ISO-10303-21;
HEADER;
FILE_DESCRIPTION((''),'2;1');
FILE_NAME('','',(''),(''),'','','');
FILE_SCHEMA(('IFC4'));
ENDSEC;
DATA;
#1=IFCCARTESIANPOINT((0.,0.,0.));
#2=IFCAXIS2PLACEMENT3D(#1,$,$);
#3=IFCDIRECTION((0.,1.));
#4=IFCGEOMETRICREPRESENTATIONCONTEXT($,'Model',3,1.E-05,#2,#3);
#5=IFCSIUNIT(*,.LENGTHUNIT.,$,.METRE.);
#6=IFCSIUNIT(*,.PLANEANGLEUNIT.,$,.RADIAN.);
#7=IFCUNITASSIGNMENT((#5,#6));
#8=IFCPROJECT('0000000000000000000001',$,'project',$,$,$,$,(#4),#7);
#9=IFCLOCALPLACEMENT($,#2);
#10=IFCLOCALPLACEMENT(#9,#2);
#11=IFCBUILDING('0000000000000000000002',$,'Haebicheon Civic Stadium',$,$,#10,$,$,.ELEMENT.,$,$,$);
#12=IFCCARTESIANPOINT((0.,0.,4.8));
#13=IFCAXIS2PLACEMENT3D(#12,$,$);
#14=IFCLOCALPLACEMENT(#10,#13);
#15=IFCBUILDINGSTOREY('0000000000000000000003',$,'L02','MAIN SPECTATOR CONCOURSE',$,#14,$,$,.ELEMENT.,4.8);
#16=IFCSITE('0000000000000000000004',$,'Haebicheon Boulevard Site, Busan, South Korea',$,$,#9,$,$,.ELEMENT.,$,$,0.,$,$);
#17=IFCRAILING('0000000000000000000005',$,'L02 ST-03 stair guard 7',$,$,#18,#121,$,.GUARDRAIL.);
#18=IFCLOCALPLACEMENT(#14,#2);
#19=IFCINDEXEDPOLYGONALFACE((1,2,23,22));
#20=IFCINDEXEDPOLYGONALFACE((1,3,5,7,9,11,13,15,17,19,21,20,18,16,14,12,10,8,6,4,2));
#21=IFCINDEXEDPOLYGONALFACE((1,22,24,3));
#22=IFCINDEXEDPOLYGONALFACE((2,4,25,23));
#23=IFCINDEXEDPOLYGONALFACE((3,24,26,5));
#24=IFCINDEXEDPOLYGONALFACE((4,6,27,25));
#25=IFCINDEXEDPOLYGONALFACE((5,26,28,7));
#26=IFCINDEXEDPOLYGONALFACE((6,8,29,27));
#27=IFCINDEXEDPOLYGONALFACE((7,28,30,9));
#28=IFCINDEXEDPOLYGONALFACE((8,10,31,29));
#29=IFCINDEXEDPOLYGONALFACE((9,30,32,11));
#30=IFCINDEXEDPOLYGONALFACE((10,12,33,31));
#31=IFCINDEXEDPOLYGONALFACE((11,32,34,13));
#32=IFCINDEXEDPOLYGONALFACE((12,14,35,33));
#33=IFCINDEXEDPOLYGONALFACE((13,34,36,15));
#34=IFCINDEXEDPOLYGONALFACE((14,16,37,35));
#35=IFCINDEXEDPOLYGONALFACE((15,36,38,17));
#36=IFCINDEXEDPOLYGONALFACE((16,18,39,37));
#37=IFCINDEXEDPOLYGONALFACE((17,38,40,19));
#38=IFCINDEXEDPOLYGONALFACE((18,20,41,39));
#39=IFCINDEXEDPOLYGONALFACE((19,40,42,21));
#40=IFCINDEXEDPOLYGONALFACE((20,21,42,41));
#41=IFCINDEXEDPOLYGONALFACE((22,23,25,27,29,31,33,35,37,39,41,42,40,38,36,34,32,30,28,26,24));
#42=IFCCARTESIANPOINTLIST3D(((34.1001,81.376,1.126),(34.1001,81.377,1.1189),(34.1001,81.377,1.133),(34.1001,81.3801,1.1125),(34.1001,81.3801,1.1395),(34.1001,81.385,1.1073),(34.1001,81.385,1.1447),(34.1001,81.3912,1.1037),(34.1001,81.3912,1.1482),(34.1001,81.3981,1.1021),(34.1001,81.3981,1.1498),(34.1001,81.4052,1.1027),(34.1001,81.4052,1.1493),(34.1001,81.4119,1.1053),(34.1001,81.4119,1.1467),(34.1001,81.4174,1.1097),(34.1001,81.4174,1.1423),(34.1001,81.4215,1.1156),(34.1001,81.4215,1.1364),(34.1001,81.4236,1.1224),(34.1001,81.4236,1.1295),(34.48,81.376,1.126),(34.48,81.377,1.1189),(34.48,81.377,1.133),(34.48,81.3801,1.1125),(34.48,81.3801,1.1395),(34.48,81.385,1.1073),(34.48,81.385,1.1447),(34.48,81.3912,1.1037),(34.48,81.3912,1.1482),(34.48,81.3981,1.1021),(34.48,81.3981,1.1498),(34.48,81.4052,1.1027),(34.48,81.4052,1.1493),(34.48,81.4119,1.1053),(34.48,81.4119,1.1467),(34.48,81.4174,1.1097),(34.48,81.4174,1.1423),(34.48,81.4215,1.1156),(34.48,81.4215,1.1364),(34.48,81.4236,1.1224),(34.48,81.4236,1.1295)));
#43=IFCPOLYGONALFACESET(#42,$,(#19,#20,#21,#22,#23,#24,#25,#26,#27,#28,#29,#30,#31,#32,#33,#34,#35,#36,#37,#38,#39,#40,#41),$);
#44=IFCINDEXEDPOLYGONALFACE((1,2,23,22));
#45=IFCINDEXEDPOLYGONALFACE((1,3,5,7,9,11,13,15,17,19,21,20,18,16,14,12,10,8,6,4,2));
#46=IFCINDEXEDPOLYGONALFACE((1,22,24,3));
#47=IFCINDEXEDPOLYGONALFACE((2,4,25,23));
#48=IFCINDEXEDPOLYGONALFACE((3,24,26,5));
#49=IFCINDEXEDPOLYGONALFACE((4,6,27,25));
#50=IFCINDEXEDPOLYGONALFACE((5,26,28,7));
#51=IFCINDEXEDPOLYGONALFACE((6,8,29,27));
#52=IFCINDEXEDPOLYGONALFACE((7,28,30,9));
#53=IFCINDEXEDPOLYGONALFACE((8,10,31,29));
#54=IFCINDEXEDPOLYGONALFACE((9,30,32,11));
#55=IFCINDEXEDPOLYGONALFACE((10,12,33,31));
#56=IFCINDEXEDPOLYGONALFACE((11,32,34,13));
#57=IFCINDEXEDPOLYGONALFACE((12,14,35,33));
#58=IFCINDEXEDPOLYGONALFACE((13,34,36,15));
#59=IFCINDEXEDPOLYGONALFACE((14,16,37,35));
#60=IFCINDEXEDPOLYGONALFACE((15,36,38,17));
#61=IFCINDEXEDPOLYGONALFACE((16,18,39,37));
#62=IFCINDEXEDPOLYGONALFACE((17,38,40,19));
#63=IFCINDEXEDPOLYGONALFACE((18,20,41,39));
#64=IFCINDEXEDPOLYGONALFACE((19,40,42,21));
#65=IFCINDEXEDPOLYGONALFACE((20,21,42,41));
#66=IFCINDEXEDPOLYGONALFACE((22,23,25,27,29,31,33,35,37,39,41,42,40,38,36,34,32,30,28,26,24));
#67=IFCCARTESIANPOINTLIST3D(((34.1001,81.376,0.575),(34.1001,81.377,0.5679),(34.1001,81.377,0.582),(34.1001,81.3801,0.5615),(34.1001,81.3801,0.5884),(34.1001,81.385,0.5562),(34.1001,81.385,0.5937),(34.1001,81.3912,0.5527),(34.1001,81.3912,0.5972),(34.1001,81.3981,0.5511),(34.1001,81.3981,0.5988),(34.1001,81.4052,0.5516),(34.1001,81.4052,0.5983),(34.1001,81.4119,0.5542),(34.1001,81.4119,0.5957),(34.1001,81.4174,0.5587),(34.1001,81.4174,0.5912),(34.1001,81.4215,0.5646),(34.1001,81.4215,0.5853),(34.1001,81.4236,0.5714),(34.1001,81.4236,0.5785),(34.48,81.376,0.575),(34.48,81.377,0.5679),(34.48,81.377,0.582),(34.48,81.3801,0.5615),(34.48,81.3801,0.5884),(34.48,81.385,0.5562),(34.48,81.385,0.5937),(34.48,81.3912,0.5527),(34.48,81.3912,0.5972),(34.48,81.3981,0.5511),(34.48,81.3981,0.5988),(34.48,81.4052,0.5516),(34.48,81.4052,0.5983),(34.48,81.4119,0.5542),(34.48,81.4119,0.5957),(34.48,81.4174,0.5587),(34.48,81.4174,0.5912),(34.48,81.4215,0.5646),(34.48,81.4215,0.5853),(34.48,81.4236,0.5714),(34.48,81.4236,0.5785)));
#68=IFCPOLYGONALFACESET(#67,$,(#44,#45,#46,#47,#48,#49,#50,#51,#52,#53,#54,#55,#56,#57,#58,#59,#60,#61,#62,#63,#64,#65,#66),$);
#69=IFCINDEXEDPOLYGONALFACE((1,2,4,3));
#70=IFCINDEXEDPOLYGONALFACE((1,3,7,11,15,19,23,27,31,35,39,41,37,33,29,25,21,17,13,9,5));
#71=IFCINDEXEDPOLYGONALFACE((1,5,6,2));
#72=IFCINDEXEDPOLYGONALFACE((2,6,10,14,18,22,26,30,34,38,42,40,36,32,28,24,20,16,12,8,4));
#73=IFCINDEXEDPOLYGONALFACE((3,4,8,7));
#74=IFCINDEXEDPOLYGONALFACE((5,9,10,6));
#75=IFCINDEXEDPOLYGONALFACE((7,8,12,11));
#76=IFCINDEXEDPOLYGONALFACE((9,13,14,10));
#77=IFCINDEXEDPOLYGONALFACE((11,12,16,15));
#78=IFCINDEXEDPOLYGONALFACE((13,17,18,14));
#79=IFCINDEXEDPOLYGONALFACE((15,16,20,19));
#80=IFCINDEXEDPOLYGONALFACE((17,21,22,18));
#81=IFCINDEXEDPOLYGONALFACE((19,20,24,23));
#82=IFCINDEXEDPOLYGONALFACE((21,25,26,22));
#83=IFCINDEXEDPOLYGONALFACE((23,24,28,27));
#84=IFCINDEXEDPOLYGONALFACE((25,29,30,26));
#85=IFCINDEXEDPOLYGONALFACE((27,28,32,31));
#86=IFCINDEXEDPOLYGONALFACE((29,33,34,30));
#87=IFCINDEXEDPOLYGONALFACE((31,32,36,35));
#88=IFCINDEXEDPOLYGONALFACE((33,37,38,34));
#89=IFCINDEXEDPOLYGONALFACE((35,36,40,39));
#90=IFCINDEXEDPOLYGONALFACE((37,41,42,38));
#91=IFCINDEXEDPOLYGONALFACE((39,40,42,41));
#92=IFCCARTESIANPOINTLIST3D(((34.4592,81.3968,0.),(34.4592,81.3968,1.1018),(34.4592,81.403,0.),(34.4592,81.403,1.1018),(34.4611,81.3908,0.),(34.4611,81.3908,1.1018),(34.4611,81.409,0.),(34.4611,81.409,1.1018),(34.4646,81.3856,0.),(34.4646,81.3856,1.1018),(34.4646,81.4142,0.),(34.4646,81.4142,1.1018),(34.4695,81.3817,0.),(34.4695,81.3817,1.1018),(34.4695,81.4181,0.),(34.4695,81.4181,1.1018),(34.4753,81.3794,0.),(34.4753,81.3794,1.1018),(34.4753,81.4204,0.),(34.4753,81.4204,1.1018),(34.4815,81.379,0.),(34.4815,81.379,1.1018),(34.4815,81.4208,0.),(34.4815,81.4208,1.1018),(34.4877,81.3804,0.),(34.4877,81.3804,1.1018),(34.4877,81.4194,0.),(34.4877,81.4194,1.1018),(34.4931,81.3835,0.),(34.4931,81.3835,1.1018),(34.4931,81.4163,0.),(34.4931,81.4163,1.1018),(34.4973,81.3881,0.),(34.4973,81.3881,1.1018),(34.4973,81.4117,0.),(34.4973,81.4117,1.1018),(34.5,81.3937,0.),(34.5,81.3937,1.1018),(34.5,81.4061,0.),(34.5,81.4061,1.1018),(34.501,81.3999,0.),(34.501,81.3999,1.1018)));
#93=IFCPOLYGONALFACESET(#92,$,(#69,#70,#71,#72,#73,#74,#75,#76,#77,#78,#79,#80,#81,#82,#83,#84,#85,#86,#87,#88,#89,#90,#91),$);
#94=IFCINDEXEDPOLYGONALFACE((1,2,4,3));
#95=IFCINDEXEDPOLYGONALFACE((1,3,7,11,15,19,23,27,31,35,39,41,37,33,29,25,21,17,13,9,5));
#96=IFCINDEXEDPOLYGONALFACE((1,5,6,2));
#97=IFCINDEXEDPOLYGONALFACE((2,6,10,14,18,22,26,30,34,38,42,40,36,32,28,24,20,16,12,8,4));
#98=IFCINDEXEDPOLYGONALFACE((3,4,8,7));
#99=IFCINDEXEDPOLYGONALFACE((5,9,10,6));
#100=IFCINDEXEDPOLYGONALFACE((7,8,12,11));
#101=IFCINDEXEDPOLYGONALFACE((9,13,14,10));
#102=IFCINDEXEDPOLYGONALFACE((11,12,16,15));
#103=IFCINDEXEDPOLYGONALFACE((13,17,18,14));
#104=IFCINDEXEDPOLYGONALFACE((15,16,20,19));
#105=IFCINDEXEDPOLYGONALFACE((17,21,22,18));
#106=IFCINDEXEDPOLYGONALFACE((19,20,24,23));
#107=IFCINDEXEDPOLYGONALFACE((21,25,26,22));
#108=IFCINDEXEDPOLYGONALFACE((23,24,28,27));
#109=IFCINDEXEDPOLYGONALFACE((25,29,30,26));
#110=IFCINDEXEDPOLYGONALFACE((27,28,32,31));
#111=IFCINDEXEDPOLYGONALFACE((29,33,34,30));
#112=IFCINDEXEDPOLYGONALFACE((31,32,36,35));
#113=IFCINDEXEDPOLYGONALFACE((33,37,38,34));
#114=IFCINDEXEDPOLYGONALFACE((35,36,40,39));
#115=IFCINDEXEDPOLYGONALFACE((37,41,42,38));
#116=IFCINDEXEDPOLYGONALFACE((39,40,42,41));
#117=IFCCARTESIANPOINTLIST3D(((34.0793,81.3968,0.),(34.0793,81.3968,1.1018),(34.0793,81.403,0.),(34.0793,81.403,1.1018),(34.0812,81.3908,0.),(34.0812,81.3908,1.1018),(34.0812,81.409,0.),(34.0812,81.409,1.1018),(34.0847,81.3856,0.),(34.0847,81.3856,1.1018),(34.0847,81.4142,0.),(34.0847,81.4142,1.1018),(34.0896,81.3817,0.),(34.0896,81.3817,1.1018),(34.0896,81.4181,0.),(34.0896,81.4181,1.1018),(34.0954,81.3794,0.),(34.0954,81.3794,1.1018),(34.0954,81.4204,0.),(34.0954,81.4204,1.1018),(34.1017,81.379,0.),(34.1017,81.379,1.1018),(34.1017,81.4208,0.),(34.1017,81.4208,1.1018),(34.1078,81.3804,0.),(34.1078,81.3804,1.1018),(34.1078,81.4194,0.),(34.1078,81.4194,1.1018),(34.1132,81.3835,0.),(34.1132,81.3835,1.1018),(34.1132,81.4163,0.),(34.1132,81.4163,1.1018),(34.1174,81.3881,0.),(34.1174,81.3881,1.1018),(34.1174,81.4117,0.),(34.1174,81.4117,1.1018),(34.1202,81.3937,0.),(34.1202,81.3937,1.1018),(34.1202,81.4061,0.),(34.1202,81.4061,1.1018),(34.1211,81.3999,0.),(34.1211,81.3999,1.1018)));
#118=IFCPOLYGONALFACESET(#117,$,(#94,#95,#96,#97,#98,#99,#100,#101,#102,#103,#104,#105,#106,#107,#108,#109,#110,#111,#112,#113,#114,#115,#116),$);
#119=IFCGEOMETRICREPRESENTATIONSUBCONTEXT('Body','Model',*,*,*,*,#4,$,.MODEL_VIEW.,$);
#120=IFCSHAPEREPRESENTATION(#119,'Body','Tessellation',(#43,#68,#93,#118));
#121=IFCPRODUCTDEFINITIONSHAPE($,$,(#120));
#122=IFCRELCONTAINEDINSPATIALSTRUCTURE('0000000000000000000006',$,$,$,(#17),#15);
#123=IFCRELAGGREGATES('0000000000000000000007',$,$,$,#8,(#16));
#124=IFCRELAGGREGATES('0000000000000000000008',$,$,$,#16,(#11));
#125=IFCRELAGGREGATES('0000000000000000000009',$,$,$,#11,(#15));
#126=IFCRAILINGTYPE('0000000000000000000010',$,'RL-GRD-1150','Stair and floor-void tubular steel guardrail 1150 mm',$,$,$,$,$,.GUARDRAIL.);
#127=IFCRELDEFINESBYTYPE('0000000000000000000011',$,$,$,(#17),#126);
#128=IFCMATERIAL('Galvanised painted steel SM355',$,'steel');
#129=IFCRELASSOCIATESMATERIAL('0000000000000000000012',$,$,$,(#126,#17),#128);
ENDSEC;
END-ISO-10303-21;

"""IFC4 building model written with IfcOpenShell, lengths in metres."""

from ifc_helpers import new_model, si_unit, direction, frame, origin, origin_2d, place, context, subcontext, project, spatial, circle, extrude, material, type_object, element, save


model = new_model("IFC4")

# Units and contexts
model_context = context("Model", 3, precision=1e-05, world=origin(), true_north=direction((0.0, 1.0)))
body_context = subcontext(model_context, "Body", "Model", "MODEL_VIEW")
ifc_project = project(units=[si_unit("LENGTHUNIT", "METRE"), si_unit("PLANEANGLEUNIT", "RADIAN")], contexts=[model_context])

# Site, building, storey
site_placement = place(None, origin())
site = spatial("IfcSite", under=ifc_project, at=site_placement, Name="Haebicheon Boulevard Site, Busan, South Korea", CompositionType="ELEMENT", RefElevation=0.0)
building_placement = place(site_placement, origin())
building = spatial("IfcBuilding", under=site, at=building_placement, Name="Haebicheon Civic Stadium", CompositionType="ELEMENT")
storey_placement = place(building_placement, frame((0.0, 0.0, 4.8)))
storey = spatial("IfcBuildingStorey", under=building, at=storey_placement, Name="L02", Description="MAIN SPECTATOR CONCOURSE", CompositionType="ELEMENT", Elevation=4.8)

# Railing
ifc_material_1 = material(Name="Galvanised painted steel SM355", Category="steel")
railing_type_1 = type_object("IfcRailingType", Name="RL-GRD-1150", Description="Stair and floor-void tubular steel guardrail 1150 mm", PredefinedType="GUARDRAIL", material=ifc_material_1)
railing_1_placement = place(storey_placement, frame((34.48, 81.3999, 0.0)))
element("IfcRailing", 1, at=railing_1_placement, inside=storey, type_object=railing_type_1, material=ifc_material_1, Name="L02 ST-03 stair guard 7", PredefinedType="GUARDRAIL", context=body_context, shape_type="SweptSolid", body=[
    extrude(circle(Radius=0.0239, at=origin_2d()), frame((0.0, 0.0, 1.126), z_axis=(-1.0, 0.0, 0.0), x_axis=(0.0, -1.0, 0.0)), (0.0, 0.0, 1.0), 0.3799),
    extrude(circle(Radius=0.0239, at=origin_2d()), frame((0.0, 0.0, 0.575), z_axis=(-1.0, 0.0, 0.0), x_axis=(0.0, -1.0, 0.0)), (0.0, 0.0, 1.0), 0.3799),
    extrude(circle(Radius=0.021, at=origin_2d()), origin(), (0.0, 0.0, 1.0), 1.1018),
    extrude(circle(Radius=0.021, at=origin_2d()), frame((-0.3799, 0.0, 0.0)), (0.0, 0.0, 1.0), 1.1018),
])

save(model, "model.ifc")
